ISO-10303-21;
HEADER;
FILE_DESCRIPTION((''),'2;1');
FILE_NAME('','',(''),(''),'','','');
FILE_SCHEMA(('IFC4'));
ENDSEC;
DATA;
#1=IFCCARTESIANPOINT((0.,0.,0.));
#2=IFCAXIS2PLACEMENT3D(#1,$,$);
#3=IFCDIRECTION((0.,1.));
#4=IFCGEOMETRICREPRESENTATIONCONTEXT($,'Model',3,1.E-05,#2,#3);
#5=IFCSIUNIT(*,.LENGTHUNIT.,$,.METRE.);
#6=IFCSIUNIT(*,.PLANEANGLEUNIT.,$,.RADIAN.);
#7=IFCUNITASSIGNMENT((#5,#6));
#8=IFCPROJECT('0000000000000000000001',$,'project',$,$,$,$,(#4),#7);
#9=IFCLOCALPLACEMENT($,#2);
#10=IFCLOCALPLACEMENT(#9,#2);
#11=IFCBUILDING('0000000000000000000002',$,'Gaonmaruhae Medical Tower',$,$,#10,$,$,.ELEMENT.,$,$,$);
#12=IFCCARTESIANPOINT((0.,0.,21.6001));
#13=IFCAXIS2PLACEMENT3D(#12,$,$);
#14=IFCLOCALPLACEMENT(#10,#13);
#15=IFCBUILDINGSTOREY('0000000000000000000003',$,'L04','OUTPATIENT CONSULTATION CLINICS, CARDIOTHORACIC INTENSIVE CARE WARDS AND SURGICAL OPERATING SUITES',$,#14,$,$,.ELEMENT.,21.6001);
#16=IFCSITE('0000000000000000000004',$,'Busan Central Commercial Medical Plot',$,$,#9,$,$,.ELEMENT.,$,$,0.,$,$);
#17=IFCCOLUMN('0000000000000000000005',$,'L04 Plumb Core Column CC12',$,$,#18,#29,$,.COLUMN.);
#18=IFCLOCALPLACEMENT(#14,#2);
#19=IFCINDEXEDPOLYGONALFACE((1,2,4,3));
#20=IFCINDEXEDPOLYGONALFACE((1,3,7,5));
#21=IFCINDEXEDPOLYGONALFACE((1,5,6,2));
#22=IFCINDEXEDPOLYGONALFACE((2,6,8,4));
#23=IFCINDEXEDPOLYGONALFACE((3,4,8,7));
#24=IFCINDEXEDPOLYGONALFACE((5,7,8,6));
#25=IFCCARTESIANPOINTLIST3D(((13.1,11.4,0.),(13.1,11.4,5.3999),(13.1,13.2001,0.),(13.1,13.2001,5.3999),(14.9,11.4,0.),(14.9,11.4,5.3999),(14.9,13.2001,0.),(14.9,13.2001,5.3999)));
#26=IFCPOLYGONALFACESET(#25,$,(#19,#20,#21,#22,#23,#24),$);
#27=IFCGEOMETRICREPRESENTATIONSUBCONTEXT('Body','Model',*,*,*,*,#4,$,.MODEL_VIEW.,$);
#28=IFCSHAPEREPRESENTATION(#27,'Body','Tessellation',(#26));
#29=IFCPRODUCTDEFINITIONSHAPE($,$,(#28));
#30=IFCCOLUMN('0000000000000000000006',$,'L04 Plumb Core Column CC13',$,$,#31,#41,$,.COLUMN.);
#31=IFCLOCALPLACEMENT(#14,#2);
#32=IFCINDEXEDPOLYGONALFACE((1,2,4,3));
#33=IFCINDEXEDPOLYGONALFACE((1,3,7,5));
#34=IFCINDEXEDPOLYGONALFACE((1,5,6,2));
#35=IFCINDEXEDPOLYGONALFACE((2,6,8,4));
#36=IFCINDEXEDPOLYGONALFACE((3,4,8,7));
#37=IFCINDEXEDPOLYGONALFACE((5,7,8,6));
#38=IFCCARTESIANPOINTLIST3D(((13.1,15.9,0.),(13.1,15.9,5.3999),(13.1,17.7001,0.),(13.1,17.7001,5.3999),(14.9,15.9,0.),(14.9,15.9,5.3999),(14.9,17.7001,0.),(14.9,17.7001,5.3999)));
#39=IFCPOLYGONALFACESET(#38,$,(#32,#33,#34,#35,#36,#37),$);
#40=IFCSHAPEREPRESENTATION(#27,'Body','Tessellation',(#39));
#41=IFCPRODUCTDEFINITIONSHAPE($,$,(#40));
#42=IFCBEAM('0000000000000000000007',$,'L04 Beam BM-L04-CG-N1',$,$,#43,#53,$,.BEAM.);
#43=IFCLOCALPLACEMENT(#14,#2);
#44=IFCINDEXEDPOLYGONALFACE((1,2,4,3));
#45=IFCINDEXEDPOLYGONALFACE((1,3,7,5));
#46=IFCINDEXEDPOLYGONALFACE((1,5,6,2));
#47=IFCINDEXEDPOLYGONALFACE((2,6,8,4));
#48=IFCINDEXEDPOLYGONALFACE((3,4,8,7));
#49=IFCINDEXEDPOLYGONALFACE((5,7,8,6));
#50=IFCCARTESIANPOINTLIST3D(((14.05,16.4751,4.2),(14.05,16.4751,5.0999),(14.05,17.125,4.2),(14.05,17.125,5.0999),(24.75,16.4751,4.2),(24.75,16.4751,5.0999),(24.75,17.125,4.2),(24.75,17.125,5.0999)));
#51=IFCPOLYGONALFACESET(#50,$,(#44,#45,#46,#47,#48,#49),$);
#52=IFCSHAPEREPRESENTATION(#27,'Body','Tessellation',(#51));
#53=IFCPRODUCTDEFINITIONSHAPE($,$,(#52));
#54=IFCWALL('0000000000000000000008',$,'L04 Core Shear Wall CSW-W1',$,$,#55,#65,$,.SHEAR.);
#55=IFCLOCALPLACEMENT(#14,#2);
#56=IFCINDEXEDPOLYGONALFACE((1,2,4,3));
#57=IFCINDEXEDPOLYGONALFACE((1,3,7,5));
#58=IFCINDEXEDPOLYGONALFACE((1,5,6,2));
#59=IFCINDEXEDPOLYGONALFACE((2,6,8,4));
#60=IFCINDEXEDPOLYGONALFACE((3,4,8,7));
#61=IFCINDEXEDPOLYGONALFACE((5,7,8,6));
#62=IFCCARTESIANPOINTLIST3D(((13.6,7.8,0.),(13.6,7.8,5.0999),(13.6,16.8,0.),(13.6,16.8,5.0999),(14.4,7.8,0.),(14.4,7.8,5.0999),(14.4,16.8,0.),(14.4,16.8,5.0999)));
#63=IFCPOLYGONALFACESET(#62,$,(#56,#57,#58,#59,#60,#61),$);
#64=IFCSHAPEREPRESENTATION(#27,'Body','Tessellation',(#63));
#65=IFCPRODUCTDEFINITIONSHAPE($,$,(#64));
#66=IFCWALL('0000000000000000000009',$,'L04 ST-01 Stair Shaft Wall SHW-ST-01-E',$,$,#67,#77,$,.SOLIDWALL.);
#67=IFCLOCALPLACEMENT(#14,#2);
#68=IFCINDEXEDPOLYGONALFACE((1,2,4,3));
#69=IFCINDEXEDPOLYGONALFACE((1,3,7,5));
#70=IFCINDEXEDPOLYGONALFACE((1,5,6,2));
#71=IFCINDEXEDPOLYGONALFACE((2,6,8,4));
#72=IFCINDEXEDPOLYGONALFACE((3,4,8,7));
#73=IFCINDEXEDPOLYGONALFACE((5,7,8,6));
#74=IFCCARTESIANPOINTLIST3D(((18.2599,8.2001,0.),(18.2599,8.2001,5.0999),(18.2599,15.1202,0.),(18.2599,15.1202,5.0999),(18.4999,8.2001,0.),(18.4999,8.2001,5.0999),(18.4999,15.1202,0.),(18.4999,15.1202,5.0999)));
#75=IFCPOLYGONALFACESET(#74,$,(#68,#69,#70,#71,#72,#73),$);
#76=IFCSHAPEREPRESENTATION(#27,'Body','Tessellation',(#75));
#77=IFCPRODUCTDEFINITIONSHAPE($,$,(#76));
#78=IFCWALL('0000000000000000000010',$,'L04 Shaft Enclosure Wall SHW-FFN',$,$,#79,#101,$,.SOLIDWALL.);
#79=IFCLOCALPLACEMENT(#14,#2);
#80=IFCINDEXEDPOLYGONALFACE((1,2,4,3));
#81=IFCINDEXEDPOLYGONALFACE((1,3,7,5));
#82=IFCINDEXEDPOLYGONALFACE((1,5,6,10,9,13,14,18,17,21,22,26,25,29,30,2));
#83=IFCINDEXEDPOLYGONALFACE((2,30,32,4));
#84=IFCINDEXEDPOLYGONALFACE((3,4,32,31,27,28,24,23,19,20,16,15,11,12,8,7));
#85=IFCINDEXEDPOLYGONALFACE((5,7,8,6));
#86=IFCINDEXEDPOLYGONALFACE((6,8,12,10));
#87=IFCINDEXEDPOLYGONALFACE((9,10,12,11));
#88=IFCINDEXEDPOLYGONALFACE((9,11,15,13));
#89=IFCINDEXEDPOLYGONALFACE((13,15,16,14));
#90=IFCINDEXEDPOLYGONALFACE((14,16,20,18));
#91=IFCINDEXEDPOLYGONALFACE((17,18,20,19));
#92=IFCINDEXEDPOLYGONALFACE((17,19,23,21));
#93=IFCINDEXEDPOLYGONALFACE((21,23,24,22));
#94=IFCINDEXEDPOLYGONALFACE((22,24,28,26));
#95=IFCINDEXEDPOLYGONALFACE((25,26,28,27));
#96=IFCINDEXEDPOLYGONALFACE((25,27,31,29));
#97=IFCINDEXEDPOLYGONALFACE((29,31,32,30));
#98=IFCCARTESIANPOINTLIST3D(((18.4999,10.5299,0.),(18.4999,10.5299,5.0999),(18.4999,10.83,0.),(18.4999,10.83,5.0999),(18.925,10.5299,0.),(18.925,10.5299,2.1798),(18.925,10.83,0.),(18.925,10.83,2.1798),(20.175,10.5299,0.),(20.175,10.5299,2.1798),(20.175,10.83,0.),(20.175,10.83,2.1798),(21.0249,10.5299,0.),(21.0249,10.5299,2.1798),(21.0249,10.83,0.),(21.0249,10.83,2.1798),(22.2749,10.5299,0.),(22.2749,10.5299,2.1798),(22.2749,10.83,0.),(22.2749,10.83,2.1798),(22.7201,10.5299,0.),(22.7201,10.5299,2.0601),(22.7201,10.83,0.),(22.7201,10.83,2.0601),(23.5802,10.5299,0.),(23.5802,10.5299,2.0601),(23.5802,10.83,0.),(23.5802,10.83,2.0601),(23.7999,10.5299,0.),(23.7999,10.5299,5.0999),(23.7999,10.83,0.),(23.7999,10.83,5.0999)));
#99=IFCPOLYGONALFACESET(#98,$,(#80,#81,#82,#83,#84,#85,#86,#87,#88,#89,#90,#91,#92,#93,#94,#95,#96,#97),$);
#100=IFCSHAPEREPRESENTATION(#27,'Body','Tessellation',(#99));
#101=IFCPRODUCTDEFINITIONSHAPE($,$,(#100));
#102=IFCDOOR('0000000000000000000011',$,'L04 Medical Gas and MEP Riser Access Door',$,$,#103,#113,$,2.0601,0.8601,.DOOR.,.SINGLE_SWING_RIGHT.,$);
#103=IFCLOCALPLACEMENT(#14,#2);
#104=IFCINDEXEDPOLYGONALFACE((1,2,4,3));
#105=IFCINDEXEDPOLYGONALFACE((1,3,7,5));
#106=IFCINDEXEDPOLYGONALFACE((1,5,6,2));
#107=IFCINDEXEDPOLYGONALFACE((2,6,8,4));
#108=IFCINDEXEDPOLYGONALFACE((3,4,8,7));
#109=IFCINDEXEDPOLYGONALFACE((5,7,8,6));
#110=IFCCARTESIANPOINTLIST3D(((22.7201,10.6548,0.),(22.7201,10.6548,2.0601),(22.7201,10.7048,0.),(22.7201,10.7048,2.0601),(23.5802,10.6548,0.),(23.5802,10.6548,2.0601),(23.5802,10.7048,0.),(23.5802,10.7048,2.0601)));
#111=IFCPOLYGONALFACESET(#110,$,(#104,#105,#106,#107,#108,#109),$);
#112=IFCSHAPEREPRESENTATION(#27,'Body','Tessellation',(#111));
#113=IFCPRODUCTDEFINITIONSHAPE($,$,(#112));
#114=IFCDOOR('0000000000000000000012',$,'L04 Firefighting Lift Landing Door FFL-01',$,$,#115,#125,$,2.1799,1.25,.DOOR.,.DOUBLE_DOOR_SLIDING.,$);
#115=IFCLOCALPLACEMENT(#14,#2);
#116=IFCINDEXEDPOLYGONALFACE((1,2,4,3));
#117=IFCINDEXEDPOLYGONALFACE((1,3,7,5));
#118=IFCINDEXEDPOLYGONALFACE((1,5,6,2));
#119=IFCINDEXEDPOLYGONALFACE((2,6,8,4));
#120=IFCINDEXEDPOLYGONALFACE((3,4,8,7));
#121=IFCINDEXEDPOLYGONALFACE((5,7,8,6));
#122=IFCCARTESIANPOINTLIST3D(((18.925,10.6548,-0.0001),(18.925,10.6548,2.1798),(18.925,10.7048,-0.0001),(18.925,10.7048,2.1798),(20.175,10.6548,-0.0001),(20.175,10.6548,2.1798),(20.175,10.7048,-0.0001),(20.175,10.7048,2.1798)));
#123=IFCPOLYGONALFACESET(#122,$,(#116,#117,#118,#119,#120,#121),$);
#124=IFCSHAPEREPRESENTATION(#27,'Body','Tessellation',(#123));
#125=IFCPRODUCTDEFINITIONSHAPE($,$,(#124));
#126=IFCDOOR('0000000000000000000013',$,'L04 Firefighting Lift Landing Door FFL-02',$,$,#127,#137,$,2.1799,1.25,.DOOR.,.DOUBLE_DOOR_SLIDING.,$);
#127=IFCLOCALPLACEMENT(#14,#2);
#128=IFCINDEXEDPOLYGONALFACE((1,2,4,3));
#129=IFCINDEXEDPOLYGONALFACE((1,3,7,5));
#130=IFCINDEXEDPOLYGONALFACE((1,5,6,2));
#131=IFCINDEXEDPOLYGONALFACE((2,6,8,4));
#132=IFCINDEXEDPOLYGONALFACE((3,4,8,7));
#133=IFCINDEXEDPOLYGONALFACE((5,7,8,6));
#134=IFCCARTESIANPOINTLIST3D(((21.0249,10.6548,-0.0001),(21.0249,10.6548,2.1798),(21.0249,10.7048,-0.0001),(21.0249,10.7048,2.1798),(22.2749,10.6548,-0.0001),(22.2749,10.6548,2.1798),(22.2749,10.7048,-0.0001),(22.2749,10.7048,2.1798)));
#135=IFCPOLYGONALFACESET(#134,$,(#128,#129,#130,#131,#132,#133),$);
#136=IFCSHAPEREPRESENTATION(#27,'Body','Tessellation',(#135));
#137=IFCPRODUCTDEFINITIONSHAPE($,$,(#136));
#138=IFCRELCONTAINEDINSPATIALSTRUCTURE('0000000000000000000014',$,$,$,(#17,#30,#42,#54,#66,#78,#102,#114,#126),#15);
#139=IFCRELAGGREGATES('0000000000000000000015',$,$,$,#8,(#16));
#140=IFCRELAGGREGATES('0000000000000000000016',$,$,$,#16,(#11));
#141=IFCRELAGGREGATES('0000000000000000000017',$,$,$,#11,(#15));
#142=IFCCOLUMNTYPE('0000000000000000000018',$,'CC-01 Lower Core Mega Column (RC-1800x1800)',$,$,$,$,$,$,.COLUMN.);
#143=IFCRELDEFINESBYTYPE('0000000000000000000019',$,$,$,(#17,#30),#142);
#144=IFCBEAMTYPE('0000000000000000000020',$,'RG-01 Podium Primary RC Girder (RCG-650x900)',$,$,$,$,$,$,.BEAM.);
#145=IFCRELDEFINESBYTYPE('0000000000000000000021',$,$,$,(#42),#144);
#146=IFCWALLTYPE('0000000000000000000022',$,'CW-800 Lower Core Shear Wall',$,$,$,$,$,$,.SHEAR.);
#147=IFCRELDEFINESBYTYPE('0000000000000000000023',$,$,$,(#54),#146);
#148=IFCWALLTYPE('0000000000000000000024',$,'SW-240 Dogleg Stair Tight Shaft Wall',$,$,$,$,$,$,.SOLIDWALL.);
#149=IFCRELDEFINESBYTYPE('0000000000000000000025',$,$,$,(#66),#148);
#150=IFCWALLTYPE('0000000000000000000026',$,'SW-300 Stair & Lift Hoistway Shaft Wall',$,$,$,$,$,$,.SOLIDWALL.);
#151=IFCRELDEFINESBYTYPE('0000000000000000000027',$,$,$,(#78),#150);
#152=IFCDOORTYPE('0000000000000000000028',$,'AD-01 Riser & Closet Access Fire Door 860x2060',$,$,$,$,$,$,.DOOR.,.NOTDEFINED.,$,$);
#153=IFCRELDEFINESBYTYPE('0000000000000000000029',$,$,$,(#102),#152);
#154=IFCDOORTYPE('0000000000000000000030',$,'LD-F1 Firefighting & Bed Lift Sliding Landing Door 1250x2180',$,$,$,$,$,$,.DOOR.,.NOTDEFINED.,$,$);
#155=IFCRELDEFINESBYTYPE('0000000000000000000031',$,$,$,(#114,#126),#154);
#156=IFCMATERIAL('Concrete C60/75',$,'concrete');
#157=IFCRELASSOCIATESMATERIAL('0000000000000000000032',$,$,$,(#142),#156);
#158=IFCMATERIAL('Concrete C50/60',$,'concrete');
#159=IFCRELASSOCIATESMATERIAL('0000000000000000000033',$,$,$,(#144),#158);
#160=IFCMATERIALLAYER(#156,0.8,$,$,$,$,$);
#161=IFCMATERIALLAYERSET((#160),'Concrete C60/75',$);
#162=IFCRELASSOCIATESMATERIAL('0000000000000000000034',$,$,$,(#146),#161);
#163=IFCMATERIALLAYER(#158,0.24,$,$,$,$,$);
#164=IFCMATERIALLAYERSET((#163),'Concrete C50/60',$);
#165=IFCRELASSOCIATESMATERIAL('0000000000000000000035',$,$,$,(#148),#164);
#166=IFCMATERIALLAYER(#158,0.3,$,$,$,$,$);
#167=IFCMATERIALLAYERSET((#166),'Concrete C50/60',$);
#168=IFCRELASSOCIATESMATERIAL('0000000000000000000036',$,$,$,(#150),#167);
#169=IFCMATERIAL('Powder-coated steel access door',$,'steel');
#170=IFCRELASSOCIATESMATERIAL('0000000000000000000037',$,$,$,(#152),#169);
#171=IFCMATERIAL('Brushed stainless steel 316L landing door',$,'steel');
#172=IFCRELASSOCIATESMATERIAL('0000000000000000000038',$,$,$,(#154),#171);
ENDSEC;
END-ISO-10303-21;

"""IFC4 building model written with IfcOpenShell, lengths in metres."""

from ifc_helpers import new_model, si_unit, direction, frame, frame_2d, origin, origin_2d, place, context, subcontext, project, spatial, rectangle, extrude, material, layer, layer_set, material_profile, profile_set, type_object, element, fill, save


model = new_model("IFC4")

# Units and contexts
model_context = context("Model", 3, precision=1e-05, world=origin(), true_north=direction((0.0, 1.0)))
body_context = subcontext(model_context, "Body", "Model", "MODEL_VIEW")
ifc_project = project(units=[si_unit("LENGTHUNIT", "METRE"), si_unit("PLANEANGLEUNIT", "RADIAN")], contexts=[model_context])

# Site, building, storey
site_placement = place(None, origin())
site = spatial("IfcSite", under=ifc_project, at=site_placement, Name="Busan Central Commercial Medical Plot", CompositionType="ELEMENT", RefElevation=0.0)
building_placement = place(site_placement, origin())
building = spatial("IfcBuilding", under=site, at=building_placement, Name="Gaonmaruhae Medical Tower", CompositionType="ELEMENT")
storey_placement = place(building_placement, frame((0.0, 0.0, 21.6001)))
storey = spatial("IfcBuildingStorey", under=building, at=storey_placement, Name="L04", Description="OUTPATIENT CONSULTATION CLINICS, CARDIOTHORACIC INTENSIVE CARE WARDS AND SURGICAL OPERATING SUITES", CompositionType="ELEMENT", Elevation=21.6001)

# Columns
ifc_material_1 = material(Name="Concrete C60/75", Category="concrete")
ifc_material_profile_1 = material_profile(ifc_material_1, rectangle(XDim=1.8, YDim=1.8, at=origin_2d()), Name="RC-1800x1800")
ifc_profile_set_1 = profile_set([ifc_material_profile_1], Name="Concrete C60/75")
column_type = type_object("IfcColumnType", Name="CC-01 Lower Core Mega Column (RC-1800x1800)", PredefinedType="COLUMN", material=ifc_profile_set_1)
for number, where, z_axis, x_axis, name in (
    (1, (14.0, 12.3, 0.0), (0.0, 0.0, 1.0), (1.0, 0.0, 0.0), "L04 Plumb Core Column CC12"),
    (2, (14.0, 16.8, 0.0), (0.0, 0.0, 1.0), (1.0, 0.0, 0.0), "L04 Plumb Core Column CC13"),
):
    element("IfcColumn", number, at=place(storey_placement, frame(where, z_axis=z_axis, x_axis=x_axis)), inside=storey, type_object=column_type, Name=name, PredefinedType="COLUMN", context=body_context, shape_type="SweptSolid", body=[
        extrude(rectangle(XDim=1.8, YDim=1.8, at=origin_2d()), origin(), (0.0, 0.0, 1.0), 5.3999),
    ])

# Beam
ifc_material_2 = material(Name="Concrete C50/60", Category="concrete")
ifc_material_profile_2 = material_profile(ifc_material_2, rectangle(XDim=0.6499, YDim=0.8999, at=origin_2d()), Name="RCG-650x900")
ifc_profile_set_2 = profile_set([ifc_material_profile_2], Name="Concrete C50/60")
beam_type = type_object("IfcBeamType", Name="RG-01 Podium Primary RC Girder (RCG-650x900)", PredefinedType="BEAM", material=ifc_profile_set_2)
beam_placement = place(storey_placement, frame((14.05, 16.8, 4.6499), z_axis=(1.0, 0.0, 0.0), x_axis=(0.0, 1.0, 0.0)))
element("IfcBeam", 3, at=beam_placement, inside=storey, type_object=beam_type, Name="L04 Beam BM-L04-CG-N1", PredefinedType="BEAM", context=body_context, shape_type="SweptSolid", body=[
    extrude(rectangle(XDim=0.6499, YDim=0.8999, at=origin_2d()), origin(), (0.0, 0.0, 1.0), 10.7),
])

# Wall
ifc_layer_1 = layer(ifc_material_1, 0.8)
ifc_layer_set_1 = layer_set([ifc_layer_1], Name="Concrete C60/75")
wall_type_1 = type_object("IfcWallType", Name="CW-800 Lower Core Shear Wall", PredefinedType="SHEAR", material=ifc_layer_set_1)
wall_1_placement = place(storey_placement, frame((14.0, 16.8, 0.0), z_axis=(0.0, 0.0, 1.0), x_axis=(0.0, -1.0, 0.0)))
element("IfcWall", 4, at=wall_1_placement, inside=storey, type_object=wall_type_1, Name="L04 Core Shear Wall CSW-W1", PredefinedType="SHEAR", context=body_context, shape_type="SweptSolid", body=[
    extrude(rectangle(XDim=9.0, YDim=0.8, at=frame_2d((4.5, 0.0))), origin(), (0.0, 0.0, 1.0), 5.0999),
])

# Shared definitions
ifc_layer_2 = layer(ifc_material_2, 0.24)
ifc_layer_set_2 = layer_set([ifc_layer_2], Name="Concrete C50/60")
wall_type_2 = type_object("IfcWallType", Name="SW-240 Dogleg Stair Tight Shaft Wall", PredefinedType="SOLIDWALL", material=ifc_layer_set_2)

# Wall
wall_2_placement = place(storey_placement, frame((18.3799, 15.1201, 0.0), z_axis=(0.0, 0.0, 1.0), x_axis=(0.0, -1.0, 0.0)))
element("IfcWall", 5, at=wall_2_placement, inside=storey, type_object=wall_type_2, Name="L04 ST-01 Stair Shaft Wall SHW-ST-01-E", PredefinedType="SOLIDWALL", context=body_context, shape_type="SweptSolid", body=[
    extrude(rectangle(XDim=6.9202, YDim=0.24, at=frame_2d((3.46, 0.0))), origin(), (0.0, 0.0, 1.0), 5.0999),
])

# Wall, openings, doors
ifc_layer_3 = layer(ifc_material_2, 0.3)
ifc_layer_set_3 = layer_set([ifc_layer_3], Name="Concrete C50/60")
wall_type_3 = type_object("IfcWallType", Name="SW-300 Stair & Lift Hoistway Shaft Wall", PredefinedType="SOLIDWALL", material=ifc_layer_set_3)
wall_3_placement = place(storey_placement, frame((18.5, 10.6799, 0.0), z_axis=(0.0, 0.0, 1.0), x_axis=(1.0, 0.0, 0.0)))
wall_3 = element("IfcWall", 6, at=wall_3_placement, inside=storey, type_object=wall_type_3, Name="L04 Shaft Enclosure Wall SHW-FFN", PredefinedType="SOLIDWALL", context=body_context, shape_type="SweptSolid", body=[
    extrude(rectangle(XDim=5.3, YDim=0.3, at=frame_2d((2.6499, 0.0))), origin(), (0.0, 0.0, 1.0), 5.0999),
])
opening_1_placement = place(wall_3_placement, frame((4.22, 0.0, 0.0)))
opening_1 = element("IfcOpeningElement", 7, at=opening_1_placement, cuts=wall_3, PredefinedType="OPENING", context=body_context, shape_type="SweptSolid", body=[
    extrude(rectangle(XDim=0.8601, YDim=2.0601, at=frame_2d((0.4302, 1.03))), frame((0.0, 0.1602, 0.0), z_axis=(0.0, -1.0, 0.0), x_axis=(1.0, 0.0, 0.0)), (0.0, 0.0, 1.0), 0.3201),
])
opening_2_placement = place(wall_3_placement, frame((0.425, 0.0, 0.0)))
opening_2 = element("IfcOpeningElement", 8, at=opening_2_placement, cuts=wall_3, PredefinedType="OPENING", context=body_context, shape_type="SweptSolid", body=[
    extrude(rectangle(XDim=1.25, YDim=2.1799, at=frame_2d((0.625, 1.0898))), frame((0.0, 0.1602, 0.0), z_axis=(0.0, -1.0, 0.0), x_axis=(1.0, 0.0, 0.0)), (0.0, 0.0, 1.0), 0.3201),
])
opening_3_placement = place(wall_3_placement, frame((2.5249, 0.0, 0.0)))
opening_3 = element("IfcOpeningElement", 9, at=opening_3_placement, cuts=wall_3, PredefinedType="OPENING", context=body_context, shape_type="SweptSolid", body=[
    extrude(rectangle(XDim=1.25, YDim=2.1799, at=frame_2d((0.625, 1.0898))), frame((0.0, 0.1602, 0.0), z_axis=(0.0, -1.0, 0.0), x_axis=(1.0, 0.0, 0.0)), (0.0, 0.0, 1.0), 0.3201),
])
ifc_material_3 = material(Name="Powder-coated steel access door", Category="steel")
door_type_1 = type_object("IfcDoorType", Name="AD-01 Riser & Closet Access Fire Door 860x2060", OperationType="NOTDEFINED", PredefinedType="DOOR", material=ifc_material_3)
door_1_placement = place(opening_1_placement, origin())
door_1 = element("IfcDoor", 10, at=door_1_placement, inside=storey, type_object=door_type_1, Name="L04 Medical Gas and MEP Riser Access Door", OperationType="SINGLE_SWING_RIGHT", OverallHeight=2.0601, OverallWidth=0.8601, PredefinedType="DOOR", context=body_context, shape_type="SweptSolid", body=[
    extrude(rectangle(XDim=0.8601, YDim=2.0601, at=frame_2d((0.4302, 1.03))), frame((0.0, 0.0249, 0.0), z_axis=(0.0, -1.0, 0.0), x_axis=(1.0, 0.0, 0.0)), (0.0, 0.0, 1.0), 0.05),
])
fill(opening_1, door_1)
ifc_material_4 = material(Name="Brushed stainless steel 316L landing door", Category="steel")
door_type_2 = type_object("IfcDoorType", Name="LD-F1 Firefighting & Bed Lift Sliding Landing Door 1250x2180", OperationType="NOTDEFINED", PredefinedType="DOOR", material=ifc_material_4)
door_2_placement = place(opening_2_placement, origin())
door_2 = element("IfcDoor", 11, at=door_2_placement, inside=storey, type_object=door_type_2, Name="L04 Firefighting Lift Landing Door FFL-01", OperationType="DOUBLE_DOOR_SLIDING", OverallHeight=2.1799, OverallWidth=1.25, PredefinedType="DOOR", context=body_context, shape_type="SweptSolid", body=[
    extrude(rectangle(XDim=1.25, YDim=2.1799, at=frame_2d((0.625, 1.0898))), frame((0.0, 0.0249, 0.0), z_axis=(0.0, -1.0, 0.0), x_axis=(1.0, 0.0, 0.0)), (0.0, 0.0, 1.0), 0.05),
])
fill(opening_2, door_2)
door_3_placement = place(opening_3_placement, origin())
door_3 = element("IfcDoor", 12, at=door_3_placement, inside=storey, type_object=door_type_2, Name="L04 Firefighting Lift Landing Door FFL-02", OperationType="DOUBLE_DOOR_SLIDING", OverallHeight=2.1799, OverallWidth=1.25, PredefinedType="DOOR", context=body_context, shape_type="SweptSolid", body=[
    extrude(rectangle(XDim=1.25, YDim=2.1799, at=frame_2d((0.625, 1.0898))), frame((0.0, 0.0249, 0.0), z_axis=(0.0, -1.0, 0.0), x_axis=(1.0, 0.0, 0.0)), (0.0, 0.0, 1.0), 0.05),
])
fill(opening_3, door_3)

save(model, "model.ifc")
